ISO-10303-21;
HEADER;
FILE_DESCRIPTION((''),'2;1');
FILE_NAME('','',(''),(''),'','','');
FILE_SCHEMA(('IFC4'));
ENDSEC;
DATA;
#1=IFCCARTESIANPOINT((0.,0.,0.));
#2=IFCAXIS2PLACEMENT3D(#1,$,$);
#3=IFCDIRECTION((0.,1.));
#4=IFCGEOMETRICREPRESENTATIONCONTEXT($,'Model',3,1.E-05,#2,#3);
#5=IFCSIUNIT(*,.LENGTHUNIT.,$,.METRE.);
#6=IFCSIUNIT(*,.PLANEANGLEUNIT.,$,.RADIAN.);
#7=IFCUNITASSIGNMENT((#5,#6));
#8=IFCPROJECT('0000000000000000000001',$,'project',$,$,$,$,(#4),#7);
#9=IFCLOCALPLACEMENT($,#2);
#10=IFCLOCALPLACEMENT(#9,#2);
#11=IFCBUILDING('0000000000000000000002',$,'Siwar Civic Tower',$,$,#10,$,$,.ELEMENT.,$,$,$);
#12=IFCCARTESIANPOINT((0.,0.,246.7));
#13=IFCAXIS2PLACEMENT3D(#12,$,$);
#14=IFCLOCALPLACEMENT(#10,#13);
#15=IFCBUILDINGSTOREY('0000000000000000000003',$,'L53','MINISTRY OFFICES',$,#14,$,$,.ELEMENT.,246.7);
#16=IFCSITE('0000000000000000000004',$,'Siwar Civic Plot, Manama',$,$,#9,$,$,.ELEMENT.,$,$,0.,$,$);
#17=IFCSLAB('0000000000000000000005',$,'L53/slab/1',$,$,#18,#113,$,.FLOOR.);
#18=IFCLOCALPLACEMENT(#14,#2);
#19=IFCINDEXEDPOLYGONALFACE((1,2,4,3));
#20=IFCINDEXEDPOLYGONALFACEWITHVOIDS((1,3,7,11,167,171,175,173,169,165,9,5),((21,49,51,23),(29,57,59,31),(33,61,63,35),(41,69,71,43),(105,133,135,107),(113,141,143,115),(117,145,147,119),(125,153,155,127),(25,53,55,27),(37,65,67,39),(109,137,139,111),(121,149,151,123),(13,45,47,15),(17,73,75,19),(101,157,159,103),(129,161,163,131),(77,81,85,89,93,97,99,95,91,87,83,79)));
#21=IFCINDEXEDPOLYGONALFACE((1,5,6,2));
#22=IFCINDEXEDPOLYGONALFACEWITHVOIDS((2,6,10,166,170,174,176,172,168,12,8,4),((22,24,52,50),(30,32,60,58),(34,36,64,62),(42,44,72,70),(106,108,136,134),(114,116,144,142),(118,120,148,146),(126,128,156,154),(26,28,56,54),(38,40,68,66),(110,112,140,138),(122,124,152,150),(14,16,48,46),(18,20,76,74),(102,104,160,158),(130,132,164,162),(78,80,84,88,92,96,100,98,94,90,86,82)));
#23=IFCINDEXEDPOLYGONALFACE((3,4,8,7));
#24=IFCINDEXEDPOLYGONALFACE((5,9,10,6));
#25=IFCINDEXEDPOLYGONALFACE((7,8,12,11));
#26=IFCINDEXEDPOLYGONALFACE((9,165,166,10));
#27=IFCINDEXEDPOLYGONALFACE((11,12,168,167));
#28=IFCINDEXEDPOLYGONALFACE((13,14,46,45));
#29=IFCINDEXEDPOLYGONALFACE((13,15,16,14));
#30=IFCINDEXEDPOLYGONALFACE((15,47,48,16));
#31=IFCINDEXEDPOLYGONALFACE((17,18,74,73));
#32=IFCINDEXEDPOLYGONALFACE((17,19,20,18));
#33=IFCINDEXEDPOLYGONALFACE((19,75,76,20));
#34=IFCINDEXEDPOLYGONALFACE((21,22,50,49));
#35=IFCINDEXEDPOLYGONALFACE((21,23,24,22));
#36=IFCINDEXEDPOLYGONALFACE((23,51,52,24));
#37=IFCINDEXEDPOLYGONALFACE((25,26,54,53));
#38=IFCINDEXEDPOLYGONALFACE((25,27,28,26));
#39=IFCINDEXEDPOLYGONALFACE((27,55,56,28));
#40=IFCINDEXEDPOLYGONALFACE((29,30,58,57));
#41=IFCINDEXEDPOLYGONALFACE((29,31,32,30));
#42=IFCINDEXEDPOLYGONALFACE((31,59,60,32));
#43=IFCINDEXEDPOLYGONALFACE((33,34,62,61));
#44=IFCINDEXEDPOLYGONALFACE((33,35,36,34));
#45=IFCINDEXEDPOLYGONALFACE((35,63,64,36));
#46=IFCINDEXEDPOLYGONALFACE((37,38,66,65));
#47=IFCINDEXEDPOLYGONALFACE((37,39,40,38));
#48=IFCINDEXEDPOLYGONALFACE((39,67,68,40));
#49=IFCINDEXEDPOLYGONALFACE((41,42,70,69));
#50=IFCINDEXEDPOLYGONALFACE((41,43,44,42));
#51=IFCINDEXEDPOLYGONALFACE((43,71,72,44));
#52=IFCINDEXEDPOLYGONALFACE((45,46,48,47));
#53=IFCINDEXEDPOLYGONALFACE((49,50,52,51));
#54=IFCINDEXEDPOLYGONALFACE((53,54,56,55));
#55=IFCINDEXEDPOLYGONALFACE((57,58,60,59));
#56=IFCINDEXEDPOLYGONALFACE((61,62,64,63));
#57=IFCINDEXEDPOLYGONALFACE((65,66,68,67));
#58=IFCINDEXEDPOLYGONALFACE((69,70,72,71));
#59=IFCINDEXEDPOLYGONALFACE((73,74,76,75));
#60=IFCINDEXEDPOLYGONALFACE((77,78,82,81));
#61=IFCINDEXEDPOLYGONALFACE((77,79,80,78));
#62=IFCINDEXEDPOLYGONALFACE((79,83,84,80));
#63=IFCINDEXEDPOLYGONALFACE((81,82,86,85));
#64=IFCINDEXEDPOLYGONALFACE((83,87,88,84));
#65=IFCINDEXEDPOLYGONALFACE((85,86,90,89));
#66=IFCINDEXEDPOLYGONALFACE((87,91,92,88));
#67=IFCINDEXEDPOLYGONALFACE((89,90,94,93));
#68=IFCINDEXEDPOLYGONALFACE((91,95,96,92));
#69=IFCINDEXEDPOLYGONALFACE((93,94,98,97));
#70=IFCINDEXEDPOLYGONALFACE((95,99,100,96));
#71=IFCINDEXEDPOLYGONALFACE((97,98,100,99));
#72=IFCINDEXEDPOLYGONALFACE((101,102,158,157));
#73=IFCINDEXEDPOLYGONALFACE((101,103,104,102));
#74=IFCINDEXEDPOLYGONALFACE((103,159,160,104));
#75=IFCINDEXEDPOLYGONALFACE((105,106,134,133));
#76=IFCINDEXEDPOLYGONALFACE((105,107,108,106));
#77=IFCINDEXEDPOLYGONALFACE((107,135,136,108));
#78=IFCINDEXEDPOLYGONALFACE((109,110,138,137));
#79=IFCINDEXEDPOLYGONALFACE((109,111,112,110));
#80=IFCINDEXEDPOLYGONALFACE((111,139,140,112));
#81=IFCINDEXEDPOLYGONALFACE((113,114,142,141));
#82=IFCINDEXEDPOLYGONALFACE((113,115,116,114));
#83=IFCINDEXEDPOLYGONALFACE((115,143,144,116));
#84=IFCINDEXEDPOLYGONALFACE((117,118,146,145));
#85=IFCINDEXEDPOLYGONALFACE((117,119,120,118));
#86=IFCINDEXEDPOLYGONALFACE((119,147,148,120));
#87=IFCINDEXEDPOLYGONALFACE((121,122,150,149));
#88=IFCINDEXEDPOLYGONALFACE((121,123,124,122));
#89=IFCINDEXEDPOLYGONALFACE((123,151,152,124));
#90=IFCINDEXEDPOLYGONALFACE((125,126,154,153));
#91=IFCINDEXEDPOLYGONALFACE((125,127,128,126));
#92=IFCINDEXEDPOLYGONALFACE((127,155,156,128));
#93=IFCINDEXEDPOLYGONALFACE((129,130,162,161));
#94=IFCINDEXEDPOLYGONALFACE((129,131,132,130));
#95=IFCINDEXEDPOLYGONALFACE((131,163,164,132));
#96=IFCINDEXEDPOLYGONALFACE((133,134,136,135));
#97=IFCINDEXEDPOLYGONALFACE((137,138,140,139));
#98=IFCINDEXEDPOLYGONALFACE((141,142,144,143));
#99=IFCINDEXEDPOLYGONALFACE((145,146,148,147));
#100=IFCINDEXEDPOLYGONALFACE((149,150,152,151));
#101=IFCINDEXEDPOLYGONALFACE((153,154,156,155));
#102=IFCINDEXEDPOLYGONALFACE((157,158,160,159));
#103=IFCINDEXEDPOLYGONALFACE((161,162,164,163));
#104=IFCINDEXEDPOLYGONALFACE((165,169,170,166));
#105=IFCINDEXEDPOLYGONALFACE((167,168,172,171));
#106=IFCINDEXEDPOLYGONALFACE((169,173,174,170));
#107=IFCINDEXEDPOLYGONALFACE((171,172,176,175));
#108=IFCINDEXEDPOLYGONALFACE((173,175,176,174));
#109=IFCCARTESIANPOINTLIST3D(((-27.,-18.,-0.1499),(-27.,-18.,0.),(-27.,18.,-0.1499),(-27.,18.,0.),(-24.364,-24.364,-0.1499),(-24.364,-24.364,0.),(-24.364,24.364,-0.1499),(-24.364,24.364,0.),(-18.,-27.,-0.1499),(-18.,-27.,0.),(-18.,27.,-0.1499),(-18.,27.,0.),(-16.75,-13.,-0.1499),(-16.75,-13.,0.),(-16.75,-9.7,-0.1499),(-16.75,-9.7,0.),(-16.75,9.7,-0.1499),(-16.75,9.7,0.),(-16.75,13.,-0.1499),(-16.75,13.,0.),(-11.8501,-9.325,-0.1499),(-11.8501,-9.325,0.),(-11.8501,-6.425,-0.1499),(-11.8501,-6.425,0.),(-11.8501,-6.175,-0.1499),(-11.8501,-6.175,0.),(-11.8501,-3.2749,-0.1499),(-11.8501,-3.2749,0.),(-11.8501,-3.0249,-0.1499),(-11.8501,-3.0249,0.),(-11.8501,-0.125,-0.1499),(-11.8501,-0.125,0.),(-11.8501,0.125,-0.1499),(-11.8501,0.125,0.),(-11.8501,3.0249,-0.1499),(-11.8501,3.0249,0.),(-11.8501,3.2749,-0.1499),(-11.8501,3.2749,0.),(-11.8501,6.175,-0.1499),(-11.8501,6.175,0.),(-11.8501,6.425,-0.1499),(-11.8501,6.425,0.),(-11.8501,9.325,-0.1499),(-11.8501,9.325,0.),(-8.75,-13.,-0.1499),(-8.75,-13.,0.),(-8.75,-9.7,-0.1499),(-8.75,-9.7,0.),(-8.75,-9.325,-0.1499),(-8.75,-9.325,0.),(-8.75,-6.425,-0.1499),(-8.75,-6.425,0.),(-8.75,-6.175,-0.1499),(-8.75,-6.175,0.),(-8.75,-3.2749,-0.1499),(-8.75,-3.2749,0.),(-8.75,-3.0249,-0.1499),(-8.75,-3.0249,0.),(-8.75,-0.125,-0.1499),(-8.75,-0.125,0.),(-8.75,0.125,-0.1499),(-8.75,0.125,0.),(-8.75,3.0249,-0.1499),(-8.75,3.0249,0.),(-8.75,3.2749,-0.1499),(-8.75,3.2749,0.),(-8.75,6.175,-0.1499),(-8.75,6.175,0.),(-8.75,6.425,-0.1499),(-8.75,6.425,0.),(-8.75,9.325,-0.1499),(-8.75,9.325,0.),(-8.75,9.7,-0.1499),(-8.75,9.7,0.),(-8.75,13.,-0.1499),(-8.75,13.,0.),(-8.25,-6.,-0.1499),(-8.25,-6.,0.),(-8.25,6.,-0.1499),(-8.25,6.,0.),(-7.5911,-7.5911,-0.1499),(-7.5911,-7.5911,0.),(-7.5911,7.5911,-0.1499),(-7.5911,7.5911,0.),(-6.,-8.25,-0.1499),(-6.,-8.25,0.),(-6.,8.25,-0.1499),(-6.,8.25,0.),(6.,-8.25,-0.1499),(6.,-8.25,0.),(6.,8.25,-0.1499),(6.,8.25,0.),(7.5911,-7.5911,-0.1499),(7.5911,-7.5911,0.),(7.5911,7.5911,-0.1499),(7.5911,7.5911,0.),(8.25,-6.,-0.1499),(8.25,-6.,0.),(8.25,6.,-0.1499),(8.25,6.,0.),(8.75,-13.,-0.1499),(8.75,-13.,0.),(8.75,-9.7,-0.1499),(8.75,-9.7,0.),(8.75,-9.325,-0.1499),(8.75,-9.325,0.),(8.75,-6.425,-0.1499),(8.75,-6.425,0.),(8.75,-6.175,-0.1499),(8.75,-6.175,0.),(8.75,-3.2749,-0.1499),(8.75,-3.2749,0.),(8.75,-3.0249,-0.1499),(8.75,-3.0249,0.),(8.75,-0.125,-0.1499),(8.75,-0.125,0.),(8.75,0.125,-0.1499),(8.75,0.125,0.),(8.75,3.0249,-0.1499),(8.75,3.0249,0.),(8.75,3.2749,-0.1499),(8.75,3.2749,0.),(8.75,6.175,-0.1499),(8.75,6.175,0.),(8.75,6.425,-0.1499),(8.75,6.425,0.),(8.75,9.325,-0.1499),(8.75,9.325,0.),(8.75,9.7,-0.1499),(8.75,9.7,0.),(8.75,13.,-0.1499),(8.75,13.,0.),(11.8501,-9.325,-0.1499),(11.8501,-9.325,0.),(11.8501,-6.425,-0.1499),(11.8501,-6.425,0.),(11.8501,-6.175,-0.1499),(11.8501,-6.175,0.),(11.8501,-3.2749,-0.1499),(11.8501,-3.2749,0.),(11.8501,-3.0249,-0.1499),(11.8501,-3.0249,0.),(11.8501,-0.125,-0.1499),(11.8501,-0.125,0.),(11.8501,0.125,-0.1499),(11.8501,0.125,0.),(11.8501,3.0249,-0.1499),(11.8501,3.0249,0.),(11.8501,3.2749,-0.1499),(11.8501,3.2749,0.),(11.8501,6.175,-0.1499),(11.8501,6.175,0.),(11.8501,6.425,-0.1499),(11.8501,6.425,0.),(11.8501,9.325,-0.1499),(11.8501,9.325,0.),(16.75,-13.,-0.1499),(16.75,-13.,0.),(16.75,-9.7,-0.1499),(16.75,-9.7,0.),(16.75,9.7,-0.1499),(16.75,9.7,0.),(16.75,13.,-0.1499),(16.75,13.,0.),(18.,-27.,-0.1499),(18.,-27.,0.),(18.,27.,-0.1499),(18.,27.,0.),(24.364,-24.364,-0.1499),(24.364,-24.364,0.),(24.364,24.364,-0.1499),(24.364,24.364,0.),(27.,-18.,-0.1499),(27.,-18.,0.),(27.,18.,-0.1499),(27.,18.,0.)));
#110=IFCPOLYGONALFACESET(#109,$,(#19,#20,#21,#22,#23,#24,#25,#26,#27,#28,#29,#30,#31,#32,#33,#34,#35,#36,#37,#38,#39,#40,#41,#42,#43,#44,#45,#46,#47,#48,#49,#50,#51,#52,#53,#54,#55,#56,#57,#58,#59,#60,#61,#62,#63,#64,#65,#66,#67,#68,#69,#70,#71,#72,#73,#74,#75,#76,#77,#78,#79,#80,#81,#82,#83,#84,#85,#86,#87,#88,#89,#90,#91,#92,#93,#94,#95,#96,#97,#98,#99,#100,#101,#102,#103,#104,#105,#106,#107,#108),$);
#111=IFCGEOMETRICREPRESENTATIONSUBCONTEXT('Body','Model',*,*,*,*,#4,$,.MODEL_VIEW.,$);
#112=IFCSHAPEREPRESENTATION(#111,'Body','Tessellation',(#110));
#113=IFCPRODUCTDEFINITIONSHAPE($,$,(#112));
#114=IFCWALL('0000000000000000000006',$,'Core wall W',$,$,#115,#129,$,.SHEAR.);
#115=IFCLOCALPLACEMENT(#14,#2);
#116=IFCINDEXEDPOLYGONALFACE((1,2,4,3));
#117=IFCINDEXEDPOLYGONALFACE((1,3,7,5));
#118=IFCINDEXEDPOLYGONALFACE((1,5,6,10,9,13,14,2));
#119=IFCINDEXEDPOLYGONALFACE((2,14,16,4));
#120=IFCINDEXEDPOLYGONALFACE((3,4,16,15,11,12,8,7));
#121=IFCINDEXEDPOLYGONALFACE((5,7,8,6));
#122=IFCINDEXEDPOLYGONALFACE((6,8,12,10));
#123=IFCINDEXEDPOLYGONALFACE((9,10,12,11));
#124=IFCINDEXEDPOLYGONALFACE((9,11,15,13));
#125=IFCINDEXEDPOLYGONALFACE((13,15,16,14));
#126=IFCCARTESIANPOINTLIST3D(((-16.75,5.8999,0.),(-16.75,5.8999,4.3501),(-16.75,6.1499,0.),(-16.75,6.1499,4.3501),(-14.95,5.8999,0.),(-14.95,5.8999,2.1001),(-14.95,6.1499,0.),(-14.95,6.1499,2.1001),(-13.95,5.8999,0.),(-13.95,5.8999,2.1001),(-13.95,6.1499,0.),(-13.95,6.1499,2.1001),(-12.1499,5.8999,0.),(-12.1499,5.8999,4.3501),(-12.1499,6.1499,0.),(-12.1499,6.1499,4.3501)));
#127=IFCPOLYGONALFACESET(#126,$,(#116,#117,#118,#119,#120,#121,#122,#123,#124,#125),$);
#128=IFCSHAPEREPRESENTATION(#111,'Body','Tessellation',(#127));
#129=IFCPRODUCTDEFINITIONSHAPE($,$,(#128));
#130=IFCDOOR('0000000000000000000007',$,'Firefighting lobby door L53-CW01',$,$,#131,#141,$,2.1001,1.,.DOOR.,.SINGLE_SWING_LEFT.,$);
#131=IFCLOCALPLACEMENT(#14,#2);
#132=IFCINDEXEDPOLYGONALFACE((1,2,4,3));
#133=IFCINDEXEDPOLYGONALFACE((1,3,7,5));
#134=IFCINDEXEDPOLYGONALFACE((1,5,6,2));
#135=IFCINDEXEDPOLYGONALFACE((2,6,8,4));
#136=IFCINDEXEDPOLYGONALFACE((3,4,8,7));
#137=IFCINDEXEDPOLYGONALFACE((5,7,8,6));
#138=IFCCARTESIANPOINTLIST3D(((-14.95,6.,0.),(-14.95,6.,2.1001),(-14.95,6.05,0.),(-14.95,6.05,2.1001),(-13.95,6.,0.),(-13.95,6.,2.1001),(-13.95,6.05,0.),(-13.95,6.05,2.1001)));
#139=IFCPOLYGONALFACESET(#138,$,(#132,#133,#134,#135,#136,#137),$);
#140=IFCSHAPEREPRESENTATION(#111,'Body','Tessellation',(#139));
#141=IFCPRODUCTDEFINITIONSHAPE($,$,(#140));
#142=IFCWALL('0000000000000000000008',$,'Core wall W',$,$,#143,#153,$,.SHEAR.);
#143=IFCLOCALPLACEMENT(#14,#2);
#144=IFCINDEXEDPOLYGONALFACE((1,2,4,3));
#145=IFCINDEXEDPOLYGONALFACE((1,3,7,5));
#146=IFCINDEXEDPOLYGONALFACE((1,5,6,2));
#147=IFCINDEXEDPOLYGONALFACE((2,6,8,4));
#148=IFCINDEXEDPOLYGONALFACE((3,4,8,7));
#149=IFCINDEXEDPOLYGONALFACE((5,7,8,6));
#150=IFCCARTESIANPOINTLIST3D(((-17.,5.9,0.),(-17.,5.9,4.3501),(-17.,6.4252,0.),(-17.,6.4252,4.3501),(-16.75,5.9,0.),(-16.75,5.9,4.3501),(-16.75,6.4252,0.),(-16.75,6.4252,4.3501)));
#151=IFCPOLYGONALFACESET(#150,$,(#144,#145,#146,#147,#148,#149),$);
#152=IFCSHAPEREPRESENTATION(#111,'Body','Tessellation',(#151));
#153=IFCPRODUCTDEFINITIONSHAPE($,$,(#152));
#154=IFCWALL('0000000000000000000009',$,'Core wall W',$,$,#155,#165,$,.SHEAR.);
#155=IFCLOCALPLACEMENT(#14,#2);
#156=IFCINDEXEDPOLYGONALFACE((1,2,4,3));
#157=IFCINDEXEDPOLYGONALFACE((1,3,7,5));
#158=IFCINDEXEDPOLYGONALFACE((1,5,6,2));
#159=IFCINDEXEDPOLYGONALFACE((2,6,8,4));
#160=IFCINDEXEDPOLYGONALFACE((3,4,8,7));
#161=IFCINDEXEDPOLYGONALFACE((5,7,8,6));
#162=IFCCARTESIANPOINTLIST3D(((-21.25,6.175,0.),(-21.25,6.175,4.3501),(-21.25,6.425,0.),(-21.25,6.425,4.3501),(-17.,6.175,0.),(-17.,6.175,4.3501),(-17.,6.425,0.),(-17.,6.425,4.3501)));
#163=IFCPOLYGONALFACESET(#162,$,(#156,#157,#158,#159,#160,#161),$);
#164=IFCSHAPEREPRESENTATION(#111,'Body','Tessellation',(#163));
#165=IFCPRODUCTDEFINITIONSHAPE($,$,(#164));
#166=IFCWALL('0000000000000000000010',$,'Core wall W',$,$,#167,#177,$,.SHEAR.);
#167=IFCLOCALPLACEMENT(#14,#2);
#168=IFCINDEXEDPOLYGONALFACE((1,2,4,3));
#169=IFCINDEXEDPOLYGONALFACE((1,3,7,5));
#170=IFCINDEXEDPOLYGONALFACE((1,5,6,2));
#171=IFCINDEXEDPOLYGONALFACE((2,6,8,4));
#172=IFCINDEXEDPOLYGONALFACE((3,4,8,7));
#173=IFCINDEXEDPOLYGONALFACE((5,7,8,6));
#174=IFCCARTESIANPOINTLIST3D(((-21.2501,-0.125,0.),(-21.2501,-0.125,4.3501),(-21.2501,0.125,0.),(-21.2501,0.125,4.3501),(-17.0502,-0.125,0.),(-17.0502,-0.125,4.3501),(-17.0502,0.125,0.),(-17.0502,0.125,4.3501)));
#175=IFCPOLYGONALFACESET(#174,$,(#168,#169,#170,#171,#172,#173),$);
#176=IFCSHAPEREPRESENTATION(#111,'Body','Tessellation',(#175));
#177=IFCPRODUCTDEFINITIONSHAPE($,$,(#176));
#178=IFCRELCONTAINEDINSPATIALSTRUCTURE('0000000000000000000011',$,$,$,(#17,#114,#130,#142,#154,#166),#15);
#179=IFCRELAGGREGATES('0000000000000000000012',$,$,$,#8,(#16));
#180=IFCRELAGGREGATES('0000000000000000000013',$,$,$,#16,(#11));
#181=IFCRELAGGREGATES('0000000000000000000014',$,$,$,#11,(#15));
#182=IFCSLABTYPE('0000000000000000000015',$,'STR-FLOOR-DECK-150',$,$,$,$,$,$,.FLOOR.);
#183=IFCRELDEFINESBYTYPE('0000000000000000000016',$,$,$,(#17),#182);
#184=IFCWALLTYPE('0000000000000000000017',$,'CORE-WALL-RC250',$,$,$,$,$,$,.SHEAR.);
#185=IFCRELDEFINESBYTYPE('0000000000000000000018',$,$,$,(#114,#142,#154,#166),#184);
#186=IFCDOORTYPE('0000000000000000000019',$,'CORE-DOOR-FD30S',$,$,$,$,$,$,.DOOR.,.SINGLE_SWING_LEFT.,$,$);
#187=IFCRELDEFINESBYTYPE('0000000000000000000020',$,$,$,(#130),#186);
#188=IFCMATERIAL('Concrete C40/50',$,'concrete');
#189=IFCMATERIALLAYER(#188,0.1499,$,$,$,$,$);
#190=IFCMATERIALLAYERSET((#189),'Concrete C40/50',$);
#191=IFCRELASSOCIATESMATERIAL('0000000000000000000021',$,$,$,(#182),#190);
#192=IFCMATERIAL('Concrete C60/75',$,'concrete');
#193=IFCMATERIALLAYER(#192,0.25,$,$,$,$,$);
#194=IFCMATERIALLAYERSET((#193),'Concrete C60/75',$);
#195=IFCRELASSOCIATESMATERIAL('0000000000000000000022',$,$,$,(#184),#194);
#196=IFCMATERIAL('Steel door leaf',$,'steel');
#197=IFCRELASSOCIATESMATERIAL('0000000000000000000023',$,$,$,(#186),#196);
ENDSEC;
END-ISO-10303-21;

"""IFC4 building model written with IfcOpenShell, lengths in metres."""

from ifc_helpers import new_model, si_unit, direction, frame, frame_2d, origin, place, context, subcontext, project, spatial, polyline, rectangle, outline, extrude, material, layer, layer_set, type_object, element, fill, save


model = new_model("IFC4")

# Units and contexts
model_context = context("Model", 3, precision=1e-05, world=origin(), true_north=direction((0.0, 1.0)))
body_context = subcontext(model_context, "Body", "Model", "MODEL_VIEW")
ifc_project = project(units=[si_unit("LENGTHUNIT", "METRE"), si_unit("PLANEANGLEUNIT", "RADIAN")], contexts=[model_context])

# Site, building, storey
site_placement = place(None, origin())
site = spatial("IfcSite", under=ifc_project, at=site_placement, Name="Siwar Civic Plot, Manama", CompositionType="ELEMENT", RefElevation=0.0)
building_placement = place(site_placement, origin())
building = spatial("IfcBuilding", under=site, at=building_placement, Name="Siwar Civic Tower", CompositionType="ELEMENT")
storey_placement = place(building_placement, frame((0.0, 0.0, 246.7)))
storey = spatial("IfcBuildingStorey", under=building, at=storey_placement, Name="L53", Description="MINISTRY OFFICES", CompositionType="ELEMENT", Elevation=246.7)

# Slab
ifc_material_1 = material(Name="Concrete C40/50", Category="concrete")
ifc_layer_1 = layer(ifc_material_1, 0.1499)
ifc_layer_set_1 = layer_set([ifc_layer_1], Name="Concrete C40/50")
slab_type = type_object("IfcSlabType", Name="STR-FLOOR-DECK-150", PredefinedType="FLOOR", material=ifc_layer_set_1)
slab_placement = place(storey_placement, frame((0.0, 0.0, -0.1499)))
element("IfcSlab", 1, at=slab_placement, inside=storey, type_object=slab_type, Name="L53/slab/1", PredefinedType="FLOOR", context=body_context, shape_type="SweptSolid", body=[
    extrude(outline(polyline([(-18.0, -27.0), (18.0, -27.0), (24.364, -24.364), (27.0, -18.0), (27.0, 18.0), (24.364, 24.364), (18.0, 27.0), (-18.0, 27.0), (-24.364, 24.364), (-27.0, 18.0), (-27.0, -18.0), (-24.364, -24.364), (-18.0, -27.0)]), holes=[polyline([(16.75, 13.0), (16.75, 9.7), (8.75, 9.7), (8.75, 13.0), (16.75, 13.0)]), polyline([(8.75, -9.7), (16.75, -9.7), (16.75, -13.0), (8.75, -13.0), (8.75, -9.7)]), polyline([(11.8501, 9.325), (11.8501, 6.425), (8.75, 6.425), (8.75, 9.325), (11.8501, 9.325)]), polyline([(8.75, 6.175), (11.8501, 6.175), (11.8501, 3.2749), (8.75, 3.2749), (8.75, 6.175)]), polyline([(8.75, 3.0249), (11.8501, 3.0249), (11.8501, 0.125), (8.75, 0.125), (8.75, 3.0249)]), polyline([(8.75, -0.125), (11.8501, -0.125), (11.8501, -3.0249), (8.75, -3.0249), (8.75, -0.125)]), polyline([(8.75, -3.2749), (11.8501, -3.2749), (11.8501, -6.175), (8.75, -6.175), (8.75, -3.2749)]), polyline([(8.75, -6.425), (11.8501, -6.425), (11.8501, -9.325), (8.75, -9.325), (8.75, -6.425)]), polyline([(-6.0, 8.25), (6.0, 8.25), (7.5911, 7.5911), (8.25, 6.0), (8.25, -6.0), (7.5911, -7.5911), (6.0, -8.25), (-6.0, -8.25), (-7.5911, -7.5911), (-8.25, -6.0), (-8.25, 6.0), (-7.5911, 7.5911), (-6.0, 8.25)]), polyline([(-8.75, -13.0), (-16.75, -13.0), (-16.75, -9.7), (-8.75, -9.7), (-8.75, -13.0)]), polyline([(-8.75, 9.7), (-16.75, 9.7), (-16.75, 13.0), (-8.75, 13.0), (-8.75, 9.7)]), polyline([(-8.75, 6.425), (-11.8501, 6.425), (-11.8501, 9.325), (-8.75, 9.325), (-8.75, 6.425)]), polyline([(-8.75, 3.2749), (-11.8501, 3.2749), (-11.8501, 6.175), (-8.75, 6.175), (-8.75, 3.2749)]), polyline([(-8.75, 0.125), (-11.8501, 0.125), (-11.8501, 3.0249), (-8.75, 3.0249), (-8.75, 0.125)]), polyline([(-8.75, -3.0249), (-11.8501, -3.0249), (-11.8501, -0.125), (-8.75, -0.125), (-8.75, -3.0249)]), polyline([(-8.75, -6.175), (-11.8501, -6.175), (-11.8501, -3.2749), (-8.75, -3.2749), (-8.75, -6.175)]), polyline([(-8.75, -9.325), (-11.8501, -9.325), (-11.8501, -6.425), (-8.75, -6.425), (-8.75, -9.325)])]), origin(), (0.0, 0.0, 1.0), 0.1499),
])

# Wall, opening, door
ifc_material_2 = material(Name="Concrete C60/75", Category="concrete")
ifc_layer_2 = layer(ifc_material_2, 0.25)
ifc_layer_set_2 = layer_set([ifc_layer_2], Name="Concrete C60/75")
wall_type_1 = type_object("IfcWallType", Name="CORE-WALL-RC250", PredefinedType="SHEAR", material=ifc_layer_set_2)
wall_1_placement = place(storey_placement, frame((-12.1499, 6.0249, 0.0), z_axis=(0.0, 0.0, 1.0), x_axis=(-1.0, 0.0, 0.0)))
wall_1 = element("IfcWall", 2, at=wall_1_placement, inside=storey, type_object=wall_type_1, Name="Core wall W", PredefinedType="SHEAR", context=body_context, shape_type="SweptSolid", body=[
    extrude(rectangle(XDim=4.6001, YDim=0.25, at=frame_2d((2.3, 0.0))), origin(), (0.0, 0.0, 1.0), 4.3501),
])
opening_placement = place(wall_1_placement, frame((1.8, 0.0, 0.0)))
opening = element("IfcOpeningElement", 3, at=opening_placement, cuts=wall_1, PredefinedType="OPENING", context=body_context, shape_type="SweptSolid", body=[
    extrude(rectangle(XDim=1.0, YDim=2.1001, at=frame_2d((0.5, 1.05))), frame((0.0, 0.135, 0.0), z_axis=(0.0, -1.0, 0.0), x_axis=(1.0, 0.0, 0.0)), (0.0, 0.0, 1.0), 0.27),
])
ifc_material_3 = material(Name="Steel door leaf", Category="steel")
door_type = type_object("IfcDoorType", Name="CORE-DOOR-FD30S", OperationType="SINGLE_SWING_LEFT", PredefinedType="DOOR", material=ifc_material_3)
door_placement = place(opening_placement, origin())
door = element("IfcDoor", 4, at=door_placement, inside=storey, type_object=door_type, Name="Firefighting lobby door L53-CW01", OperationType="SINGLE_SWING_LEFT", OverallHeight=2.1001, OverallWidth=1.0, PredefinedType="DOOR", context=body_context, shape_type="SweptSolid", body=[
    extrude(rectangle(XDim=1.0, YDim=2.1001, at=frame_2d((0.5, 1.05))), frame((0.0, 0.0249, 0.0), z_axis=(0.0, -1.0, 0.0), x_axis=(1.0, 0.0, 0.0)), (0.0, 0.0, 1.0), 0.05),
])
fill(opening, door)

# Walls
wall_2_placement = place(storey_placement, frame((-16.875, 5.8999, 0.0), z_axis=(0.0, 0.0, 1.0), x_axis=(0.0, 1.0, 0.0)))
element("IfcWall", 5, at=wall_2_placement, inside=storey, type_object=wall_type_1, Name="Core wall W", PredefinedType="SHEAR", context=body_context, shape_type="SweptSolid", body=[
    extrude(rectangle(XDim=0.5251, YDim=0.25, at=frame_2d((0.2627, 0.0))), origin(), (0.0, 0.0, 1.0), 4.3501),
])
wall_3_placement = place(storey_placement, frame((-17.0, 6.3, 0.0), z_axis=(0.0, 0.0, 1.0), x_axis=(-1.0, 0.0, 0.0)))
element("IfcWall", 6, at=wall_3_placement, inside=storey, type_object=wall_type_1, Name="Core wall W", PredefinedType="SHEAR", context=body_context, shape_type="SweptSolid", body=[
    extrude(rectangle(XDim=4.25, YDim=0.25, at=frame_2d((2.125, 0.0))), origin(), (0.0, 0.0, 1.0), 4.3501),
])
for number, where, z_axis, x_axis, name in (
    (7, (-17.05, 0.0, 0.0), (0.0, 0.0, 1.0), (-1.0, 0.0, 0.0), "Core wall W"),
):
    element("IfcWall", number, at=place(storey_placement, frame(where, z_axis=z_axis, x_axis=x_axis)), inside=storey, type_object=wall_type_1, Name=name, PredefinedType="SHEAR", context=body_context, shape_type="SweptSolid", body=[
        extrude(rectangle(XDim=4.2, YDim=0.25, at=frame_2d((2.1001, 0.0))), origin(), (0.0, 0.0, 1.0), 4.3501),
    ])

save(model, "model.ifc")
